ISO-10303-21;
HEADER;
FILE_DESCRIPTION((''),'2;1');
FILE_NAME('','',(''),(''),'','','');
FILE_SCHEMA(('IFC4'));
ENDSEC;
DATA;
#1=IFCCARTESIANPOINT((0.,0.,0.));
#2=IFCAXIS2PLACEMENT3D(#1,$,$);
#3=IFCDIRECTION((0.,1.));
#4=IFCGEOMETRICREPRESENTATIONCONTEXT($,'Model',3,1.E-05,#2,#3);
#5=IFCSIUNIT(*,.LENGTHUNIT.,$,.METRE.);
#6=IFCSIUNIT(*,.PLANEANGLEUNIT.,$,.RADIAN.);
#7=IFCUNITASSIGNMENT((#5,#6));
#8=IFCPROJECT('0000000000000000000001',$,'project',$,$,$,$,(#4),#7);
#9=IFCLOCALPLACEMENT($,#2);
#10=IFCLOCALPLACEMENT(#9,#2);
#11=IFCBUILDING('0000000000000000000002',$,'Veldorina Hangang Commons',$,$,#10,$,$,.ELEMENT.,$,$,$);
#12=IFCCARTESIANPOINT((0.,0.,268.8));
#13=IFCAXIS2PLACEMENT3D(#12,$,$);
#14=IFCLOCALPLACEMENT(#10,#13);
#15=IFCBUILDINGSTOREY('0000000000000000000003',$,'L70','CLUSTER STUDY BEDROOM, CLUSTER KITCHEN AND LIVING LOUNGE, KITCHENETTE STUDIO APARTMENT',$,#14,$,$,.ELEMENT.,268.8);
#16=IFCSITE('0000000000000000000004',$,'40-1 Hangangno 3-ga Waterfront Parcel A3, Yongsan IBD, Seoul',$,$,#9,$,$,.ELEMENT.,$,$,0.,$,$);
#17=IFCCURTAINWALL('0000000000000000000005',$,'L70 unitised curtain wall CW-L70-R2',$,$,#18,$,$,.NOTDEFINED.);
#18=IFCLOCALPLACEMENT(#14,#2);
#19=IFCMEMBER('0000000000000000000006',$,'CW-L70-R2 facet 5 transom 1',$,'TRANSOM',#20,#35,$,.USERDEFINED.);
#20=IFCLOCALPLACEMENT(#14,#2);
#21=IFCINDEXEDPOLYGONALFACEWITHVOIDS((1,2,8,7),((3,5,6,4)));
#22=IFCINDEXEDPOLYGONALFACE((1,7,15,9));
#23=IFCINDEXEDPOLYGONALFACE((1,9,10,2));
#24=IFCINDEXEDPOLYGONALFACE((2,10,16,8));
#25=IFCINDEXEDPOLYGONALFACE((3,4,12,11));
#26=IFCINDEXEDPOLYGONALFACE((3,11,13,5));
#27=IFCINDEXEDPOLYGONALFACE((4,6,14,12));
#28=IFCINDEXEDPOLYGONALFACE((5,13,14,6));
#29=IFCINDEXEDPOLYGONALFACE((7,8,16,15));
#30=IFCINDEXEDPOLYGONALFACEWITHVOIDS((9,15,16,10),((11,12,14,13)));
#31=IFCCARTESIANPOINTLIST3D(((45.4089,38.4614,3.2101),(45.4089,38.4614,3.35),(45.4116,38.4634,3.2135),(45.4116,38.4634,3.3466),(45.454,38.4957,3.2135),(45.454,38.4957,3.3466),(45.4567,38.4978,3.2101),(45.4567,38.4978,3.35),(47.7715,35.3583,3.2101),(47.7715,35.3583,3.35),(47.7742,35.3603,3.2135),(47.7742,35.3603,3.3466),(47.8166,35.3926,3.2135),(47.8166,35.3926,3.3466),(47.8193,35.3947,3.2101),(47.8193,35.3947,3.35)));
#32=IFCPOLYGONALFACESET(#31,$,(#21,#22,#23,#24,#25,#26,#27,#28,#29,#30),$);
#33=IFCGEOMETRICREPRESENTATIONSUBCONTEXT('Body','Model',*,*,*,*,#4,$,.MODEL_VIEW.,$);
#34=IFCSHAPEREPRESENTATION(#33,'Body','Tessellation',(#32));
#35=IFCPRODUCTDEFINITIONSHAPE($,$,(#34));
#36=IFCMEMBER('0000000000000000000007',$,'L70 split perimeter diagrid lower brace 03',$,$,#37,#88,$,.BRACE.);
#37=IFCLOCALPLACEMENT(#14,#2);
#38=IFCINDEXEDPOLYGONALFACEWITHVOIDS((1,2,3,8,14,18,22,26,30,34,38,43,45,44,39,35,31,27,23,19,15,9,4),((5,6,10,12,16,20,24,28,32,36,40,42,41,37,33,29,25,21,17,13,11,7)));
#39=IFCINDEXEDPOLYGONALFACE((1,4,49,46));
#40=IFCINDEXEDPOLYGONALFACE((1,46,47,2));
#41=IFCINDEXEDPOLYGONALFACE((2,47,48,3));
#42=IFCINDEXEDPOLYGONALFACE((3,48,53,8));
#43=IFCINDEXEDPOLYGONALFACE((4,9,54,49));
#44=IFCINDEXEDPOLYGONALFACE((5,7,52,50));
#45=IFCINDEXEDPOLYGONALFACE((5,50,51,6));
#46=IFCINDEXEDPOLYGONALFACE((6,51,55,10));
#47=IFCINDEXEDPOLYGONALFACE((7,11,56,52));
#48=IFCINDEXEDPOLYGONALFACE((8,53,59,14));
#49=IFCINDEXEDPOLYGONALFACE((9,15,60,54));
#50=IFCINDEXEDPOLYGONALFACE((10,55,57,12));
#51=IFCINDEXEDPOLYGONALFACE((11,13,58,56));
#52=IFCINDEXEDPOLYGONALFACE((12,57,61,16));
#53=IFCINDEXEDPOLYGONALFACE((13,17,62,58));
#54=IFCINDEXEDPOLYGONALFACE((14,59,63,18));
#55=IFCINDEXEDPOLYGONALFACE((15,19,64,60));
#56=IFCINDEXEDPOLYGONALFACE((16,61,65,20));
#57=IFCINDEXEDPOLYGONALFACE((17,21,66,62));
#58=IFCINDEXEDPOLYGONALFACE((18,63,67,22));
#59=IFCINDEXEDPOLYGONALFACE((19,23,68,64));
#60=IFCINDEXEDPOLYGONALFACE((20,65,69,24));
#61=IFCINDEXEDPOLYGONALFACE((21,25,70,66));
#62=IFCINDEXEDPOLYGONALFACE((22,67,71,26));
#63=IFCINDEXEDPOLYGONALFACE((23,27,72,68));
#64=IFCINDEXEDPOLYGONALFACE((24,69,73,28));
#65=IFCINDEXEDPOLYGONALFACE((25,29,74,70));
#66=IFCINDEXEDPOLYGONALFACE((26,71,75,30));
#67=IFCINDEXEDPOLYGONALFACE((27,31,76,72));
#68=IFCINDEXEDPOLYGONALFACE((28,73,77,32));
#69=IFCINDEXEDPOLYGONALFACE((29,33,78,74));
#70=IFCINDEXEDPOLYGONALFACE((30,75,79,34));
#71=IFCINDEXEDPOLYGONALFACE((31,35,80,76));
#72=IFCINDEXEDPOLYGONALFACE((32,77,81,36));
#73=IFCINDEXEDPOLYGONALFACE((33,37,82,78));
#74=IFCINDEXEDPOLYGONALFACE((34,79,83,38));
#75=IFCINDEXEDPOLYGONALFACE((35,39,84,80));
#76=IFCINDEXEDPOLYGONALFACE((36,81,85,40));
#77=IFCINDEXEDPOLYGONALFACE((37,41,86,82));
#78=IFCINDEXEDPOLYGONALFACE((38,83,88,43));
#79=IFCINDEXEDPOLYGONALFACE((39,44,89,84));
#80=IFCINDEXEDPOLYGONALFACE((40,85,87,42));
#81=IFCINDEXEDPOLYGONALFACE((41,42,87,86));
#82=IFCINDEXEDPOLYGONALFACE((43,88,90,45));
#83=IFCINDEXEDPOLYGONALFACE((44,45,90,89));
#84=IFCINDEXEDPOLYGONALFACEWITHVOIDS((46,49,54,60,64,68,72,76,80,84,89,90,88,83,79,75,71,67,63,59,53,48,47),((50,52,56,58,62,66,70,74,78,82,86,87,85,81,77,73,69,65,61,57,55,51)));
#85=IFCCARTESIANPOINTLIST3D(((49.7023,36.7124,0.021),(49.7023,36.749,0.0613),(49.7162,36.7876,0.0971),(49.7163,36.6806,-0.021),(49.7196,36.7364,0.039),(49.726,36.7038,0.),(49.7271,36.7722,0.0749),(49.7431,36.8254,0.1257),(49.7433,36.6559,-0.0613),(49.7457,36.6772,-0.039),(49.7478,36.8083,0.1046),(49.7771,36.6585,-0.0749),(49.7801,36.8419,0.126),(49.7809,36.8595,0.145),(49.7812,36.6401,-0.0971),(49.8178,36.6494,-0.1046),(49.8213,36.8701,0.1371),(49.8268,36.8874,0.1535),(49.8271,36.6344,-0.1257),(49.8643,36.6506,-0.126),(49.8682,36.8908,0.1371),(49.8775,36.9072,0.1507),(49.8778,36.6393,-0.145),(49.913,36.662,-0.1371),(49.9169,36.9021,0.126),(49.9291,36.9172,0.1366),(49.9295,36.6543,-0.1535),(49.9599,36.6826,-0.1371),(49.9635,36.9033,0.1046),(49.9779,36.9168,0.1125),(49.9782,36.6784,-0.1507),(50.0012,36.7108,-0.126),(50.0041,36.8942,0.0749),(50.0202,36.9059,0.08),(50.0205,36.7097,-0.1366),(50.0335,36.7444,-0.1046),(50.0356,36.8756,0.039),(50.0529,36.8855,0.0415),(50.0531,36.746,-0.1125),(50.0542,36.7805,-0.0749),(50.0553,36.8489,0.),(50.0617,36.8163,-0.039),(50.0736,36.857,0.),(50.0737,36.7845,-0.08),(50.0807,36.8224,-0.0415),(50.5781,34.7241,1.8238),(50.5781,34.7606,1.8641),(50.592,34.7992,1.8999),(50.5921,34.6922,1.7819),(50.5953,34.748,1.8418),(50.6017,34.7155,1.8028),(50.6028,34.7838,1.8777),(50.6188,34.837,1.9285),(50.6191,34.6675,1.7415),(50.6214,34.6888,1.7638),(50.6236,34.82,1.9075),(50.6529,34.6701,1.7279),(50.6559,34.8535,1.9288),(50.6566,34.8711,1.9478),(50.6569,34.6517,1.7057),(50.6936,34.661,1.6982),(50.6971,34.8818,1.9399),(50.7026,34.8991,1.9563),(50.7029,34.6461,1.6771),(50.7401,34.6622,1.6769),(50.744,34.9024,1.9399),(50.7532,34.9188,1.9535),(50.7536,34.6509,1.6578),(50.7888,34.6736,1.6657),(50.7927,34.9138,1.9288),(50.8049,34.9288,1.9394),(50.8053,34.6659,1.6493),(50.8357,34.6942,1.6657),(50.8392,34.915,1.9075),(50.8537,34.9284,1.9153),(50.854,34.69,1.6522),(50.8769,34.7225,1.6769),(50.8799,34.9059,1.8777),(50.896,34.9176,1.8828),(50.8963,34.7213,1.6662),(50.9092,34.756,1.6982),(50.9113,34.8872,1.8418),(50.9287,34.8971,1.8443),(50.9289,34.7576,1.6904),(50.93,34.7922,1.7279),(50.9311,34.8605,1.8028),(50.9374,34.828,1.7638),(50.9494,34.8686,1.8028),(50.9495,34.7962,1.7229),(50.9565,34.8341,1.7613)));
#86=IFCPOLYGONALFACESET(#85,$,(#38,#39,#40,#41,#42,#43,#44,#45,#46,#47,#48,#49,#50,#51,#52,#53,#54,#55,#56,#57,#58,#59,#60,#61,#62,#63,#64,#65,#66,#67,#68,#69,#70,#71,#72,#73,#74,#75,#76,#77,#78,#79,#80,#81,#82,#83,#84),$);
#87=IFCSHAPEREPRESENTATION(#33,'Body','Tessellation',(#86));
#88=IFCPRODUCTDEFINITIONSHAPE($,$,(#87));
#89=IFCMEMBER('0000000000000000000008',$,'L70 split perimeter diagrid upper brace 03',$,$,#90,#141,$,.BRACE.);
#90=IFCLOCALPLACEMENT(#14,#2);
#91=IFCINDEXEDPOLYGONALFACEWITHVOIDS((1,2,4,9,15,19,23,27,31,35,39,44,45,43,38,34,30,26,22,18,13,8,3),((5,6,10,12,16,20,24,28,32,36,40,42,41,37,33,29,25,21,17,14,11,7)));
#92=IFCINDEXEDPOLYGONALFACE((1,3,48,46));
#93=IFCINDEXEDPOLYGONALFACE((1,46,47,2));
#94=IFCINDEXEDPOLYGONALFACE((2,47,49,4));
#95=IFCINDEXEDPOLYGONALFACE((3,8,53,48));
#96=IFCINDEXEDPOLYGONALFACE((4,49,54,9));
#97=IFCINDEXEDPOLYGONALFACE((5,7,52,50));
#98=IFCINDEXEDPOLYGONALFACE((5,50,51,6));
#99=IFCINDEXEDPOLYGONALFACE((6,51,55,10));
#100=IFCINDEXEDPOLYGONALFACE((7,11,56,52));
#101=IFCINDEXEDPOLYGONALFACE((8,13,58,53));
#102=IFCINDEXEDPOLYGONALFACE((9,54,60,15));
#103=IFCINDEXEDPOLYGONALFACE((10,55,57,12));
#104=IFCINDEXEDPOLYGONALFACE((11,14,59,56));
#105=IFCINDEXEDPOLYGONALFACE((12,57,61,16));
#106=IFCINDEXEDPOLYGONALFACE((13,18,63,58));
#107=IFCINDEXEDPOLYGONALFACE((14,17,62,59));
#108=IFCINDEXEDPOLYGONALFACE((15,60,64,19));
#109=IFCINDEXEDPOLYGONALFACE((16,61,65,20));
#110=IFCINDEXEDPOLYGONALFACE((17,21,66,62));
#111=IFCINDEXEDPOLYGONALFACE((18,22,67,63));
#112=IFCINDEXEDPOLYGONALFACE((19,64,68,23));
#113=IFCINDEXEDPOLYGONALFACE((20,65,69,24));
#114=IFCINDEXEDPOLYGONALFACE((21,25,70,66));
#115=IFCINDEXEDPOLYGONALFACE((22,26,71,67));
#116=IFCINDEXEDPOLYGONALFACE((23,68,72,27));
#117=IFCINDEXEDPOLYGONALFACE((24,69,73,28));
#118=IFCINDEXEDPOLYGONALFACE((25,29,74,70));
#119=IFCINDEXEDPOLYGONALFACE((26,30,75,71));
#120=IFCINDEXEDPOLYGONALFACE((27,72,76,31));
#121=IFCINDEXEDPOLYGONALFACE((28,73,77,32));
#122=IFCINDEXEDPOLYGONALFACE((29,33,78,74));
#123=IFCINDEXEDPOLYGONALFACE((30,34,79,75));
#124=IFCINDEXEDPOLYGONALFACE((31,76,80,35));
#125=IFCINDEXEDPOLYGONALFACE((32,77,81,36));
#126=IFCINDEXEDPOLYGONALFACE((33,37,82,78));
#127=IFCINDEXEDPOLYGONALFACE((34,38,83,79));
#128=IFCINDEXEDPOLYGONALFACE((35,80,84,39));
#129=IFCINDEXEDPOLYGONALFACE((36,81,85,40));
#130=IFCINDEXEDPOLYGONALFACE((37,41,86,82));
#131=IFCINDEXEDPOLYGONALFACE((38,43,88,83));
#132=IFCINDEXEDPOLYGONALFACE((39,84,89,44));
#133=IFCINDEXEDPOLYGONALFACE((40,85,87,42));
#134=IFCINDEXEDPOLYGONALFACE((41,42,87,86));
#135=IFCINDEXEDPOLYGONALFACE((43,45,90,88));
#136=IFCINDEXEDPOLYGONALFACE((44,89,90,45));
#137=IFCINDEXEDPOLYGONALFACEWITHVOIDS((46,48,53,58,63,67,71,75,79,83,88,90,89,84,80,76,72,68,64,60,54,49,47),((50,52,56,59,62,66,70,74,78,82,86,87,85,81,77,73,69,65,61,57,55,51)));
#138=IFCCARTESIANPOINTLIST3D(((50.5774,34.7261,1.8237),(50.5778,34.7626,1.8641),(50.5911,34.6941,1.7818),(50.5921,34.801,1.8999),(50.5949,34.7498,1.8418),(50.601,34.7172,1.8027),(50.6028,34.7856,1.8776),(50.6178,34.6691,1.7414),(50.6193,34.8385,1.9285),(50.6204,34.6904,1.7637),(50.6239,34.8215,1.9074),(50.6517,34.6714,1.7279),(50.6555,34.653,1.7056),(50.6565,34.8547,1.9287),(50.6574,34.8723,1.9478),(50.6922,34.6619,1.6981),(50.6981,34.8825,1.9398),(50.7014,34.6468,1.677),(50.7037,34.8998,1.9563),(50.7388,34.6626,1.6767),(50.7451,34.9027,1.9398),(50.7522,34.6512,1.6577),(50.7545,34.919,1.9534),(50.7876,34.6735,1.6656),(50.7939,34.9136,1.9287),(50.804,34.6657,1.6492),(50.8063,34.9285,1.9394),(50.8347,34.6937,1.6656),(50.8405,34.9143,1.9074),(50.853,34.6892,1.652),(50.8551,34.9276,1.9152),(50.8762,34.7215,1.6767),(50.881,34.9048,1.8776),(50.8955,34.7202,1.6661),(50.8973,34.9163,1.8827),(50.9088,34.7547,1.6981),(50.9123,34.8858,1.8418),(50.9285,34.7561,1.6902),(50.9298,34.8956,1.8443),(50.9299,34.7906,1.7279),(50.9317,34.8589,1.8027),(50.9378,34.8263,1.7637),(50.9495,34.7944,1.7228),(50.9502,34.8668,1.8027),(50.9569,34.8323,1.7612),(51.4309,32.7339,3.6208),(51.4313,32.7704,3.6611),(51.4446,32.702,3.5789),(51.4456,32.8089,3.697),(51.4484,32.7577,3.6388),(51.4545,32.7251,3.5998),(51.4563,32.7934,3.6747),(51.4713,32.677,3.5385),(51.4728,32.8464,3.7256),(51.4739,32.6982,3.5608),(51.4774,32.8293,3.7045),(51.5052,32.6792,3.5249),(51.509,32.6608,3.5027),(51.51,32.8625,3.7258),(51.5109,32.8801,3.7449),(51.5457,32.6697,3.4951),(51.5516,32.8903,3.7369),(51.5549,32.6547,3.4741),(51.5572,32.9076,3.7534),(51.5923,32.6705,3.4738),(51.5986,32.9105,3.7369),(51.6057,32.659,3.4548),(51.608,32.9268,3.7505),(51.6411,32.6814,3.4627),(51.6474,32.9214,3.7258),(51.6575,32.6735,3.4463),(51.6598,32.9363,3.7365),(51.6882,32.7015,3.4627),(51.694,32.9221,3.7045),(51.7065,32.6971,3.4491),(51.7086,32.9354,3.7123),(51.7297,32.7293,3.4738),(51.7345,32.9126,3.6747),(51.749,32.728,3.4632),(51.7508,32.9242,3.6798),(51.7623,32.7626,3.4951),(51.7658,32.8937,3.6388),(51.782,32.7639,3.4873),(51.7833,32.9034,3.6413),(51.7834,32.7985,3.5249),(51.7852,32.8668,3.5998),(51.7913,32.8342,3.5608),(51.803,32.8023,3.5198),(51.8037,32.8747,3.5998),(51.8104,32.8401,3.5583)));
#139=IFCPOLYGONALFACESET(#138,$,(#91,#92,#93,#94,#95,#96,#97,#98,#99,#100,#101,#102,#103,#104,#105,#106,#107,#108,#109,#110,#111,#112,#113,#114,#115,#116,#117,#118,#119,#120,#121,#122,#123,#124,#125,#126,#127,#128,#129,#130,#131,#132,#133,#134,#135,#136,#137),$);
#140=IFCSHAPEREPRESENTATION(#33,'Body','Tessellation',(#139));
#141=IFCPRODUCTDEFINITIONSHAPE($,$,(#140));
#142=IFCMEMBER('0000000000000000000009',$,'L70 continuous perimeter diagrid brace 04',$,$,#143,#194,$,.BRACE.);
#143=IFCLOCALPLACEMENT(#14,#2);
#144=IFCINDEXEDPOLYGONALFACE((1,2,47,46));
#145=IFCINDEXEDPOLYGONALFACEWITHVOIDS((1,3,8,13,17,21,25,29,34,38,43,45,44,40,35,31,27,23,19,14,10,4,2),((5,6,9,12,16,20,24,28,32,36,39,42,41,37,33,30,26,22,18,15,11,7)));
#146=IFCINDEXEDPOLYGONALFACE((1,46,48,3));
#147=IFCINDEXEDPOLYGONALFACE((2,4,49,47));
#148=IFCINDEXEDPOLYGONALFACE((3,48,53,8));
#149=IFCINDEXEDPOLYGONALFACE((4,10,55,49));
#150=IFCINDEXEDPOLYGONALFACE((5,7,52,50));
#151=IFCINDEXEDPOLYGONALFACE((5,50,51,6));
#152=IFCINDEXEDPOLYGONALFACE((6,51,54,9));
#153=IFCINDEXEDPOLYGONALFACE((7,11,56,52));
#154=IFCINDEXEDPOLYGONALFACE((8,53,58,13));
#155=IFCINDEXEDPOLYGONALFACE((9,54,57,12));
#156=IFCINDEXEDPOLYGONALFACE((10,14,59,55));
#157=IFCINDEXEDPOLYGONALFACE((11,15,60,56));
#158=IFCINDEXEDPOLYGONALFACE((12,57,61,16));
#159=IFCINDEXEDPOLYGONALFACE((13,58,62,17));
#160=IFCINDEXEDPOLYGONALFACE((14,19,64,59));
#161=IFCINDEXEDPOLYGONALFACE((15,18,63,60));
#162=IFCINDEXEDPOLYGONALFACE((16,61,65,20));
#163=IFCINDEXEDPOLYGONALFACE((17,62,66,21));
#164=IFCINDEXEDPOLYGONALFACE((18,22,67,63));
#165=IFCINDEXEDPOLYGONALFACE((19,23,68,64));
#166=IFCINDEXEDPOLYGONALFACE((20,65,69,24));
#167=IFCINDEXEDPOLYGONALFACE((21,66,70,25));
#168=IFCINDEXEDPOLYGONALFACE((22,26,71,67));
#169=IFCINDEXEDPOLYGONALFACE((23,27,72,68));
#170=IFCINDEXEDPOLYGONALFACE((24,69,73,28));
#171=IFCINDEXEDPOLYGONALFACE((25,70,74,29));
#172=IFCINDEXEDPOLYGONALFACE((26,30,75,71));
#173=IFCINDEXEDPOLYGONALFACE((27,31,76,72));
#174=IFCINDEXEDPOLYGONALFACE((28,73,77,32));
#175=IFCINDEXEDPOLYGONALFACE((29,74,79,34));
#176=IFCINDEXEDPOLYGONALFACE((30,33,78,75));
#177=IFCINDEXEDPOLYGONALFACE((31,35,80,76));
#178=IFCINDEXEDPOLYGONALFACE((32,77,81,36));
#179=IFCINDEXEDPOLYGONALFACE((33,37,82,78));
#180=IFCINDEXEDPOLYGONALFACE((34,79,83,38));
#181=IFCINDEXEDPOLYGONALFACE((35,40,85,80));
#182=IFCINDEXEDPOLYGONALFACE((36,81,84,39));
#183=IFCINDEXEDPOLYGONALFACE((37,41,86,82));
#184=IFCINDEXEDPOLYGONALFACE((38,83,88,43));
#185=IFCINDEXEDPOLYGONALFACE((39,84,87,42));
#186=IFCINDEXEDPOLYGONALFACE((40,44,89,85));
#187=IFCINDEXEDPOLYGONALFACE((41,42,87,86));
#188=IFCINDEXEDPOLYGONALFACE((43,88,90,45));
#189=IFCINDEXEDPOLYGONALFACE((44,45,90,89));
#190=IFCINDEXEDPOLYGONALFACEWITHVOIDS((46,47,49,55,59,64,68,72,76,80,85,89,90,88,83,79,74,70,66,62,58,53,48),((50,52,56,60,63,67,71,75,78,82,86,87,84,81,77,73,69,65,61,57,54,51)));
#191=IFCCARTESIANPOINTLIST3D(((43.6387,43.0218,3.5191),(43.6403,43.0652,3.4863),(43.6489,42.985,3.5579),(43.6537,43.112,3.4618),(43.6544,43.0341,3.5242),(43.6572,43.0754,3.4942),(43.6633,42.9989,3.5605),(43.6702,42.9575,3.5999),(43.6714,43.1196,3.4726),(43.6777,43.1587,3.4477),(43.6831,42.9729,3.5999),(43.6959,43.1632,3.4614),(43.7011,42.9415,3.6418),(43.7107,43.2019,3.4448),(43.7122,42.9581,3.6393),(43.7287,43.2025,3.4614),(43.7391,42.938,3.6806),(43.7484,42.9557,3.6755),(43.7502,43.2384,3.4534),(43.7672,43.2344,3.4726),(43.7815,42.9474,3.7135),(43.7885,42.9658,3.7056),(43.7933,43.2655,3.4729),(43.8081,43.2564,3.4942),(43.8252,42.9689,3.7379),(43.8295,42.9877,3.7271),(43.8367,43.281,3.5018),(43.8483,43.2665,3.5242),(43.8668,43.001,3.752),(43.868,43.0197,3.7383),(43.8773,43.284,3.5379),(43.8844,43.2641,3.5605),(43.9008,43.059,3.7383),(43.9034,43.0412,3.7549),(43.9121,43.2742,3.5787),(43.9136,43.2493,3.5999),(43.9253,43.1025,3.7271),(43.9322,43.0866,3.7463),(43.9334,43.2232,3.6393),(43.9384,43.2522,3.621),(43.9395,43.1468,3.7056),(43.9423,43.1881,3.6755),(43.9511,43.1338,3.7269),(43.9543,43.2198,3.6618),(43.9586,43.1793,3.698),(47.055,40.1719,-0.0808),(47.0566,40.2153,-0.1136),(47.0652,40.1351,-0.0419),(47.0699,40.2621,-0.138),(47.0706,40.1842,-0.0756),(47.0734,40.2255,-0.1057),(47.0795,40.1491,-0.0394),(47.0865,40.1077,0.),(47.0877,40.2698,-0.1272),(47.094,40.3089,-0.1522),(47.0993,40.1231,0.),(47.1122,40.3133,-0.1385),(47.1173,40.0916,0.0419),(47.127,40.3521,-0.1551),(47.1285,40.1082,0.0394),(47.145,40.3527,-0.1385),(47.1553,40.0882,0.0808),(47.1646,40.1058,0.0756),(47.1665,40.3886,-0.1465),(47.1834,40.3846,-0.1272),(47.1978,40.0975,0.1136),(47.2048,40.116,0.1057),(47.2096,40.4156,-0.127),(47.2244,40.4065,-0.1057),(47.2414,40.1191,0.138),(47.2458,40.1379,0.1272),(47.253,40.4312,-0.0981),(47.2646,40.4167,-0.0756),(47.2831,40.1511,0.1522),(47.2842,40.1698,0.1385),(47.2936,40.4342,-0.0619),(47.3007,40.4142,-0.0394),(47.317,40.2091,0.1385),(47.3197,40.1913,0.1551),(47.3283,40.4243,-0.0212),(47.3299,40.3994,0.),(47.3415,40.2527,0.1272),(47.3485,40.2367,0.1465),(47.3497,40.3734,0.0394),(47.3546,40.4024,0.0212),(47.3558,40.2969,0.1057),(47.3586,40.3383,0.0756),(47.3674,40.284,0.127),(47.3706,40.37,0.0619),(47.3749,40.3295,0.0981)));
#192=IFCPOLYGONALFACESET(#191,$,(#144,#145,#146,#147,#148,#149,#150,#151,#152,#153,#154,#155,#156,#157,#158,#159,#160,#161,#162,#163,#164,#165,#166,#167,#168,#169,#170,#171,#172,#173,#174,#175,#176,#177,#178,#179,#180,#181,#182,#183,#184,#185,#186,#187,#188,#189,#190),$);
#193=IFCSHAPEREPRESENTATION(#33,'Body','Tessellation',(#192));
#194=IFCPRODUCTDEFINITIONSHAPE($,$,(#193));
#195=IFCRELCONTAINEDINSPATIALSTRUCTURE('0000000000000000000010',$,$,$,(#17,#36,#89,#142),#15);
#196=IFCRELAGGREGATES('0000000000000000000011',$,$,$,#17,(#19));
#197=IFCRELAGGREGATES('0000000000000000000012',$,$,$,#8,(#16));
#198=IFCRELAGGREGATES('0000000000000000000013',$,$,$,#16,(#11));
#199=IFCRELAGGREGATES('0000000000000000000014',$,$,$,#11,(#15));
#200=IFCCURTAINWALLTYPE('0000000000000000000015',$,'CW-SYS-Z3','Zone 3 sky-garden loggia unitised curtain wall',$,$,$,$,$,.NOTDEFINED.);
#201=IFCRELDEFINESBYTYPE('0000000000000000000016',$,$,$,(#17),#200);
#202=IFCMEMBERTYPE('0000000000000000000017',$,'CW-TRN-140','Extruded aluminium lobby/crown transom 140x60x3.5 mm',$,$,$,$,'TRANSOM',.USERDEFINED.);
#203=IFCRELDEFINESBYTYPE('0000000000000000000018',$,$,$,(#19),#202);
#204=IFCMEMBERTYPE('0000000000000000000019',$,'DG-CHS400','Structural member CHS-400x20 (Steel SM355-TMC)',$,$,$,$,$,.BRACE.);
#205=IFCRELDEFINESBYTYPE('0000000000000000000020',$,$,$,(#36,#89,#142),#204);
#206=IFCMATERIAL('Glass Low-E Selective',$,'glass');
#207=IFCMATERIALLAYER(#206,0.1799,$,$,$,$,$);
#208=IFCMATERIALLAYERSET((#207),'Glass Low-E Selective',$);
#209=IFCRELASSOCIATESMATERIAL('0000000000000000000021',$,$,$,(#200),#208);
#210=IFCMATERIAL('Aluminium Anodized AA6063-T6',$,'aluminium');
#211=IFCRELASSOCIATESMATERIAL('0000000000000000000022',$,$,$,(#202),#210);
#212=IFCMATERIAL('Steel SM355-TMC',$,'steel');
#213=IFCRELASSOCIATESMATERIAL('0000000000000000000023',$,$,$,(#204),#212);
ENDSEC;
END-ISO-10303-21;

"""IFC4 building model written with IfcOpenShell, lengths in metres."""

from ifc_helpers import new_model, si_unit, direction, frame, origin, origin_2d, place, context, subcontext, project, spatial, hollow_rectangle, hollow_circle, extrude, material, layer, layer_set, material_profile, profile_set, type_object, element, aggregate, save


model = new_model("IFC4")

# Units and contexts
model_context = context("Model", 3, precision=1e-05, world=origin(), true_north=direction((0.0, 1.0)))
body_context = subcontext(model_context, "Body", "Model", "MODEL_VIEW")
ifc_project = project(units=[si_unit("LENGTHUNIT", "METRE"), si_unit("PLANEANGLEUNIT", "RADIAN")], contexts=[model_context])

# Site, building, storey
site_placement = place(None, origin())
site = spatial("IfcSite", under=ifc_project, at=site_placement, Name="40-1 Hangangno 3-ga Waterfront Parcel A3, Yongsan IBD, Seoul", CompositionType="ELEMENT", RefElevation=0.0)
building_placement = place(site_placement, origin())
building = spatial("IfcBuilding", under=site, at=building_placement, Name="Veldorina Hangang Commons", CompositionType="ELEMENT")
storey_placement = place(building_placement, frame((0.0, 0.0, 268.8)))
storey = spatial("IfcBuildingStorey", under=building, at=storey_placement, Name="L70", Description="CLUSTER STUDY BEDROOM, CLUSTER KITCHEN AND LIVING LOUNGE, KITCHENETTE STUDIO APARTMENT", CompositionType="ELEMENT", Elevation=268.8)

# Shared definitions
ifc_material_1 = material(Name="Steel SM355-TMC", Category="steel")

# Curtain wall, member
ifc_material_2 = material(Name="Glass Low-E Selective", Category="glass")
ifc_layer_1 = layer(ifc_material_2, 0.1799)
ifc_layer_set_1 = layer_set([ifc_layer_1], Name="Glass Low-E Selective")
curtain_wall_type = type_object("IfcCurtainWallType", Name="CW-SYS-Z3", Description="Zone 3 sky-garden loggia unitised curtain wall", PredefinedType="NOTDEFINED", material=ifc_layer_set_1)
curtain_wall_placement = place(storey_placement, origin())
curtain_wall = element("IfcCurtainWall", 1, at=curtain_wall_placement, inside=storey, type_object=curtain_wall_type, Name="L70 unitised curtain wall CW-L70-R2", PredefinedType="NOTDEFINED")
ifc_material_3 = material(Name="Aluminium Anodized AA6063-T6", Category="aluminium")
ifc_material_profile_1 = material_profile(ifc_material_3, hollow_rectangle(XDim=0.0601, YDim=0.1399, WallThickness=0.0034, at=origin_2d()), Name="ALU-RHS-140x60x3.5")
ifc_profile_set_1 = profile_set([ifc_material_profile_1], Name="Aluminium Anodized AA6063-T6")
member_type_1 = type_object("IfcMemberType", Name="CW-TRN-140", Description="Extruded aluminium lobby/crown transom 140x60x3.5 mm", ElementType="TRANSOM", PredefinedType="USERDEFINED", material=ifc_profile_set_1)
member_1_placement = place(storey_placement, frame((47.7954, 35.3765, 3.28), z_axis=(-0.605773, 0.795637, 0.0), x_axis=(-0.795637, -0.605773, 0.0)))
member_1 = element("IfcMember", 2, at=member_1_placement, type_object=member_type_1, Name="CW-L70-R2 facet 5 transom 1", ObjectType="TRANSOM", PredefinedType="USERDEFINED", context=body_context, shape_type="SweptSolid", body=[
    extrude(hollow_rectangle(XDim=0.0601, YDim=0.1399, WallThickness=0.0034, at=origin_2d()), origin(), (0.0, 0.0, 1.0), 3.9001),
])

# Members
ifc_material_profile_2 = material_profile(ifc_material_1, hollow_circle(Radius=0.2, WallThickness=0.02, at=origin_2d()), Name="CHS-400x20")
ifc_profile_set_2 = profile_set([ifc_material_profile_2], Name="Steel SM355-TMC")
member_type_2 = type_object("IfcMemberType", Name="DG-CHS400", Description="Structural member CHS-400x20 (Steel SM355-TMC)", PredefinedType="BRACE", material=ifc_profile_set_2)
member_2_placement = place(storey_placement, frame((49.8906, 36.7764, 0.0), z_axis=(0.3102, -0.704284, 0.63856), x_axis=(0.915164, 0.403081, 0.0)))
element("IfcMember", 3, at=member_2_placement, inside=storey, type_object=member_type_2, Name="L70 split perimeter diagrid lower brace 03", PredefinedType="BRACE", context=body_context, shape_type="SweptSolid", body=[
    extrude(hollow_circle(Radius=0.2, WallThickness=0.02, at=origin_2d()), origin(), (0.0, 0.0, 1.0), 2.8232),
])
member_3_placement = place(storey_placement, frame((50.7664, 34.7881, 1.8027), z_axis=(0.303151, -0.707583, 0.638299), x_axis=(0.919192, 0.393811, 0.0)))
element("IfcMember", 4, at=member_3_placement, inside=storey, type_object=member_type_2, Name="L70 split perimeter diagrid upper brace 03", PredefinedType="BRACE", context=body_context, shape_type="SweptSolid", body=[
    extrude(hollow_circle(Radius=0.2, WallThickness=0.02, at=origin_2d()), origin(), (0.0, 0.0, 1.0), 2.8154),
])
member_4_placement = place(storey_placement, frame((47.2146, 40.2612, 0.0), z_axis=(-0.596947, 0.497975, 0.629027), x_axis=(-0.640578, -0.767893, 0.0)))
element("IfcMember", 5, at=member_4_placement, inside=storey, type_object=member_type_2, Name="L70 continuous perimeter diagrid brace 04", PredefinedType="BRACE", context=body_context, shape_type="SweptSolid", body=[
    extrude(hollow_circle(Radius=0.2, WallThickness=0.02, at=origin_2d()), origin(), (0.0, 0.0, 1.0), 5.7229),
])

aggregate(curtain_wall, [member_1])

save(model, "model.ifc")
